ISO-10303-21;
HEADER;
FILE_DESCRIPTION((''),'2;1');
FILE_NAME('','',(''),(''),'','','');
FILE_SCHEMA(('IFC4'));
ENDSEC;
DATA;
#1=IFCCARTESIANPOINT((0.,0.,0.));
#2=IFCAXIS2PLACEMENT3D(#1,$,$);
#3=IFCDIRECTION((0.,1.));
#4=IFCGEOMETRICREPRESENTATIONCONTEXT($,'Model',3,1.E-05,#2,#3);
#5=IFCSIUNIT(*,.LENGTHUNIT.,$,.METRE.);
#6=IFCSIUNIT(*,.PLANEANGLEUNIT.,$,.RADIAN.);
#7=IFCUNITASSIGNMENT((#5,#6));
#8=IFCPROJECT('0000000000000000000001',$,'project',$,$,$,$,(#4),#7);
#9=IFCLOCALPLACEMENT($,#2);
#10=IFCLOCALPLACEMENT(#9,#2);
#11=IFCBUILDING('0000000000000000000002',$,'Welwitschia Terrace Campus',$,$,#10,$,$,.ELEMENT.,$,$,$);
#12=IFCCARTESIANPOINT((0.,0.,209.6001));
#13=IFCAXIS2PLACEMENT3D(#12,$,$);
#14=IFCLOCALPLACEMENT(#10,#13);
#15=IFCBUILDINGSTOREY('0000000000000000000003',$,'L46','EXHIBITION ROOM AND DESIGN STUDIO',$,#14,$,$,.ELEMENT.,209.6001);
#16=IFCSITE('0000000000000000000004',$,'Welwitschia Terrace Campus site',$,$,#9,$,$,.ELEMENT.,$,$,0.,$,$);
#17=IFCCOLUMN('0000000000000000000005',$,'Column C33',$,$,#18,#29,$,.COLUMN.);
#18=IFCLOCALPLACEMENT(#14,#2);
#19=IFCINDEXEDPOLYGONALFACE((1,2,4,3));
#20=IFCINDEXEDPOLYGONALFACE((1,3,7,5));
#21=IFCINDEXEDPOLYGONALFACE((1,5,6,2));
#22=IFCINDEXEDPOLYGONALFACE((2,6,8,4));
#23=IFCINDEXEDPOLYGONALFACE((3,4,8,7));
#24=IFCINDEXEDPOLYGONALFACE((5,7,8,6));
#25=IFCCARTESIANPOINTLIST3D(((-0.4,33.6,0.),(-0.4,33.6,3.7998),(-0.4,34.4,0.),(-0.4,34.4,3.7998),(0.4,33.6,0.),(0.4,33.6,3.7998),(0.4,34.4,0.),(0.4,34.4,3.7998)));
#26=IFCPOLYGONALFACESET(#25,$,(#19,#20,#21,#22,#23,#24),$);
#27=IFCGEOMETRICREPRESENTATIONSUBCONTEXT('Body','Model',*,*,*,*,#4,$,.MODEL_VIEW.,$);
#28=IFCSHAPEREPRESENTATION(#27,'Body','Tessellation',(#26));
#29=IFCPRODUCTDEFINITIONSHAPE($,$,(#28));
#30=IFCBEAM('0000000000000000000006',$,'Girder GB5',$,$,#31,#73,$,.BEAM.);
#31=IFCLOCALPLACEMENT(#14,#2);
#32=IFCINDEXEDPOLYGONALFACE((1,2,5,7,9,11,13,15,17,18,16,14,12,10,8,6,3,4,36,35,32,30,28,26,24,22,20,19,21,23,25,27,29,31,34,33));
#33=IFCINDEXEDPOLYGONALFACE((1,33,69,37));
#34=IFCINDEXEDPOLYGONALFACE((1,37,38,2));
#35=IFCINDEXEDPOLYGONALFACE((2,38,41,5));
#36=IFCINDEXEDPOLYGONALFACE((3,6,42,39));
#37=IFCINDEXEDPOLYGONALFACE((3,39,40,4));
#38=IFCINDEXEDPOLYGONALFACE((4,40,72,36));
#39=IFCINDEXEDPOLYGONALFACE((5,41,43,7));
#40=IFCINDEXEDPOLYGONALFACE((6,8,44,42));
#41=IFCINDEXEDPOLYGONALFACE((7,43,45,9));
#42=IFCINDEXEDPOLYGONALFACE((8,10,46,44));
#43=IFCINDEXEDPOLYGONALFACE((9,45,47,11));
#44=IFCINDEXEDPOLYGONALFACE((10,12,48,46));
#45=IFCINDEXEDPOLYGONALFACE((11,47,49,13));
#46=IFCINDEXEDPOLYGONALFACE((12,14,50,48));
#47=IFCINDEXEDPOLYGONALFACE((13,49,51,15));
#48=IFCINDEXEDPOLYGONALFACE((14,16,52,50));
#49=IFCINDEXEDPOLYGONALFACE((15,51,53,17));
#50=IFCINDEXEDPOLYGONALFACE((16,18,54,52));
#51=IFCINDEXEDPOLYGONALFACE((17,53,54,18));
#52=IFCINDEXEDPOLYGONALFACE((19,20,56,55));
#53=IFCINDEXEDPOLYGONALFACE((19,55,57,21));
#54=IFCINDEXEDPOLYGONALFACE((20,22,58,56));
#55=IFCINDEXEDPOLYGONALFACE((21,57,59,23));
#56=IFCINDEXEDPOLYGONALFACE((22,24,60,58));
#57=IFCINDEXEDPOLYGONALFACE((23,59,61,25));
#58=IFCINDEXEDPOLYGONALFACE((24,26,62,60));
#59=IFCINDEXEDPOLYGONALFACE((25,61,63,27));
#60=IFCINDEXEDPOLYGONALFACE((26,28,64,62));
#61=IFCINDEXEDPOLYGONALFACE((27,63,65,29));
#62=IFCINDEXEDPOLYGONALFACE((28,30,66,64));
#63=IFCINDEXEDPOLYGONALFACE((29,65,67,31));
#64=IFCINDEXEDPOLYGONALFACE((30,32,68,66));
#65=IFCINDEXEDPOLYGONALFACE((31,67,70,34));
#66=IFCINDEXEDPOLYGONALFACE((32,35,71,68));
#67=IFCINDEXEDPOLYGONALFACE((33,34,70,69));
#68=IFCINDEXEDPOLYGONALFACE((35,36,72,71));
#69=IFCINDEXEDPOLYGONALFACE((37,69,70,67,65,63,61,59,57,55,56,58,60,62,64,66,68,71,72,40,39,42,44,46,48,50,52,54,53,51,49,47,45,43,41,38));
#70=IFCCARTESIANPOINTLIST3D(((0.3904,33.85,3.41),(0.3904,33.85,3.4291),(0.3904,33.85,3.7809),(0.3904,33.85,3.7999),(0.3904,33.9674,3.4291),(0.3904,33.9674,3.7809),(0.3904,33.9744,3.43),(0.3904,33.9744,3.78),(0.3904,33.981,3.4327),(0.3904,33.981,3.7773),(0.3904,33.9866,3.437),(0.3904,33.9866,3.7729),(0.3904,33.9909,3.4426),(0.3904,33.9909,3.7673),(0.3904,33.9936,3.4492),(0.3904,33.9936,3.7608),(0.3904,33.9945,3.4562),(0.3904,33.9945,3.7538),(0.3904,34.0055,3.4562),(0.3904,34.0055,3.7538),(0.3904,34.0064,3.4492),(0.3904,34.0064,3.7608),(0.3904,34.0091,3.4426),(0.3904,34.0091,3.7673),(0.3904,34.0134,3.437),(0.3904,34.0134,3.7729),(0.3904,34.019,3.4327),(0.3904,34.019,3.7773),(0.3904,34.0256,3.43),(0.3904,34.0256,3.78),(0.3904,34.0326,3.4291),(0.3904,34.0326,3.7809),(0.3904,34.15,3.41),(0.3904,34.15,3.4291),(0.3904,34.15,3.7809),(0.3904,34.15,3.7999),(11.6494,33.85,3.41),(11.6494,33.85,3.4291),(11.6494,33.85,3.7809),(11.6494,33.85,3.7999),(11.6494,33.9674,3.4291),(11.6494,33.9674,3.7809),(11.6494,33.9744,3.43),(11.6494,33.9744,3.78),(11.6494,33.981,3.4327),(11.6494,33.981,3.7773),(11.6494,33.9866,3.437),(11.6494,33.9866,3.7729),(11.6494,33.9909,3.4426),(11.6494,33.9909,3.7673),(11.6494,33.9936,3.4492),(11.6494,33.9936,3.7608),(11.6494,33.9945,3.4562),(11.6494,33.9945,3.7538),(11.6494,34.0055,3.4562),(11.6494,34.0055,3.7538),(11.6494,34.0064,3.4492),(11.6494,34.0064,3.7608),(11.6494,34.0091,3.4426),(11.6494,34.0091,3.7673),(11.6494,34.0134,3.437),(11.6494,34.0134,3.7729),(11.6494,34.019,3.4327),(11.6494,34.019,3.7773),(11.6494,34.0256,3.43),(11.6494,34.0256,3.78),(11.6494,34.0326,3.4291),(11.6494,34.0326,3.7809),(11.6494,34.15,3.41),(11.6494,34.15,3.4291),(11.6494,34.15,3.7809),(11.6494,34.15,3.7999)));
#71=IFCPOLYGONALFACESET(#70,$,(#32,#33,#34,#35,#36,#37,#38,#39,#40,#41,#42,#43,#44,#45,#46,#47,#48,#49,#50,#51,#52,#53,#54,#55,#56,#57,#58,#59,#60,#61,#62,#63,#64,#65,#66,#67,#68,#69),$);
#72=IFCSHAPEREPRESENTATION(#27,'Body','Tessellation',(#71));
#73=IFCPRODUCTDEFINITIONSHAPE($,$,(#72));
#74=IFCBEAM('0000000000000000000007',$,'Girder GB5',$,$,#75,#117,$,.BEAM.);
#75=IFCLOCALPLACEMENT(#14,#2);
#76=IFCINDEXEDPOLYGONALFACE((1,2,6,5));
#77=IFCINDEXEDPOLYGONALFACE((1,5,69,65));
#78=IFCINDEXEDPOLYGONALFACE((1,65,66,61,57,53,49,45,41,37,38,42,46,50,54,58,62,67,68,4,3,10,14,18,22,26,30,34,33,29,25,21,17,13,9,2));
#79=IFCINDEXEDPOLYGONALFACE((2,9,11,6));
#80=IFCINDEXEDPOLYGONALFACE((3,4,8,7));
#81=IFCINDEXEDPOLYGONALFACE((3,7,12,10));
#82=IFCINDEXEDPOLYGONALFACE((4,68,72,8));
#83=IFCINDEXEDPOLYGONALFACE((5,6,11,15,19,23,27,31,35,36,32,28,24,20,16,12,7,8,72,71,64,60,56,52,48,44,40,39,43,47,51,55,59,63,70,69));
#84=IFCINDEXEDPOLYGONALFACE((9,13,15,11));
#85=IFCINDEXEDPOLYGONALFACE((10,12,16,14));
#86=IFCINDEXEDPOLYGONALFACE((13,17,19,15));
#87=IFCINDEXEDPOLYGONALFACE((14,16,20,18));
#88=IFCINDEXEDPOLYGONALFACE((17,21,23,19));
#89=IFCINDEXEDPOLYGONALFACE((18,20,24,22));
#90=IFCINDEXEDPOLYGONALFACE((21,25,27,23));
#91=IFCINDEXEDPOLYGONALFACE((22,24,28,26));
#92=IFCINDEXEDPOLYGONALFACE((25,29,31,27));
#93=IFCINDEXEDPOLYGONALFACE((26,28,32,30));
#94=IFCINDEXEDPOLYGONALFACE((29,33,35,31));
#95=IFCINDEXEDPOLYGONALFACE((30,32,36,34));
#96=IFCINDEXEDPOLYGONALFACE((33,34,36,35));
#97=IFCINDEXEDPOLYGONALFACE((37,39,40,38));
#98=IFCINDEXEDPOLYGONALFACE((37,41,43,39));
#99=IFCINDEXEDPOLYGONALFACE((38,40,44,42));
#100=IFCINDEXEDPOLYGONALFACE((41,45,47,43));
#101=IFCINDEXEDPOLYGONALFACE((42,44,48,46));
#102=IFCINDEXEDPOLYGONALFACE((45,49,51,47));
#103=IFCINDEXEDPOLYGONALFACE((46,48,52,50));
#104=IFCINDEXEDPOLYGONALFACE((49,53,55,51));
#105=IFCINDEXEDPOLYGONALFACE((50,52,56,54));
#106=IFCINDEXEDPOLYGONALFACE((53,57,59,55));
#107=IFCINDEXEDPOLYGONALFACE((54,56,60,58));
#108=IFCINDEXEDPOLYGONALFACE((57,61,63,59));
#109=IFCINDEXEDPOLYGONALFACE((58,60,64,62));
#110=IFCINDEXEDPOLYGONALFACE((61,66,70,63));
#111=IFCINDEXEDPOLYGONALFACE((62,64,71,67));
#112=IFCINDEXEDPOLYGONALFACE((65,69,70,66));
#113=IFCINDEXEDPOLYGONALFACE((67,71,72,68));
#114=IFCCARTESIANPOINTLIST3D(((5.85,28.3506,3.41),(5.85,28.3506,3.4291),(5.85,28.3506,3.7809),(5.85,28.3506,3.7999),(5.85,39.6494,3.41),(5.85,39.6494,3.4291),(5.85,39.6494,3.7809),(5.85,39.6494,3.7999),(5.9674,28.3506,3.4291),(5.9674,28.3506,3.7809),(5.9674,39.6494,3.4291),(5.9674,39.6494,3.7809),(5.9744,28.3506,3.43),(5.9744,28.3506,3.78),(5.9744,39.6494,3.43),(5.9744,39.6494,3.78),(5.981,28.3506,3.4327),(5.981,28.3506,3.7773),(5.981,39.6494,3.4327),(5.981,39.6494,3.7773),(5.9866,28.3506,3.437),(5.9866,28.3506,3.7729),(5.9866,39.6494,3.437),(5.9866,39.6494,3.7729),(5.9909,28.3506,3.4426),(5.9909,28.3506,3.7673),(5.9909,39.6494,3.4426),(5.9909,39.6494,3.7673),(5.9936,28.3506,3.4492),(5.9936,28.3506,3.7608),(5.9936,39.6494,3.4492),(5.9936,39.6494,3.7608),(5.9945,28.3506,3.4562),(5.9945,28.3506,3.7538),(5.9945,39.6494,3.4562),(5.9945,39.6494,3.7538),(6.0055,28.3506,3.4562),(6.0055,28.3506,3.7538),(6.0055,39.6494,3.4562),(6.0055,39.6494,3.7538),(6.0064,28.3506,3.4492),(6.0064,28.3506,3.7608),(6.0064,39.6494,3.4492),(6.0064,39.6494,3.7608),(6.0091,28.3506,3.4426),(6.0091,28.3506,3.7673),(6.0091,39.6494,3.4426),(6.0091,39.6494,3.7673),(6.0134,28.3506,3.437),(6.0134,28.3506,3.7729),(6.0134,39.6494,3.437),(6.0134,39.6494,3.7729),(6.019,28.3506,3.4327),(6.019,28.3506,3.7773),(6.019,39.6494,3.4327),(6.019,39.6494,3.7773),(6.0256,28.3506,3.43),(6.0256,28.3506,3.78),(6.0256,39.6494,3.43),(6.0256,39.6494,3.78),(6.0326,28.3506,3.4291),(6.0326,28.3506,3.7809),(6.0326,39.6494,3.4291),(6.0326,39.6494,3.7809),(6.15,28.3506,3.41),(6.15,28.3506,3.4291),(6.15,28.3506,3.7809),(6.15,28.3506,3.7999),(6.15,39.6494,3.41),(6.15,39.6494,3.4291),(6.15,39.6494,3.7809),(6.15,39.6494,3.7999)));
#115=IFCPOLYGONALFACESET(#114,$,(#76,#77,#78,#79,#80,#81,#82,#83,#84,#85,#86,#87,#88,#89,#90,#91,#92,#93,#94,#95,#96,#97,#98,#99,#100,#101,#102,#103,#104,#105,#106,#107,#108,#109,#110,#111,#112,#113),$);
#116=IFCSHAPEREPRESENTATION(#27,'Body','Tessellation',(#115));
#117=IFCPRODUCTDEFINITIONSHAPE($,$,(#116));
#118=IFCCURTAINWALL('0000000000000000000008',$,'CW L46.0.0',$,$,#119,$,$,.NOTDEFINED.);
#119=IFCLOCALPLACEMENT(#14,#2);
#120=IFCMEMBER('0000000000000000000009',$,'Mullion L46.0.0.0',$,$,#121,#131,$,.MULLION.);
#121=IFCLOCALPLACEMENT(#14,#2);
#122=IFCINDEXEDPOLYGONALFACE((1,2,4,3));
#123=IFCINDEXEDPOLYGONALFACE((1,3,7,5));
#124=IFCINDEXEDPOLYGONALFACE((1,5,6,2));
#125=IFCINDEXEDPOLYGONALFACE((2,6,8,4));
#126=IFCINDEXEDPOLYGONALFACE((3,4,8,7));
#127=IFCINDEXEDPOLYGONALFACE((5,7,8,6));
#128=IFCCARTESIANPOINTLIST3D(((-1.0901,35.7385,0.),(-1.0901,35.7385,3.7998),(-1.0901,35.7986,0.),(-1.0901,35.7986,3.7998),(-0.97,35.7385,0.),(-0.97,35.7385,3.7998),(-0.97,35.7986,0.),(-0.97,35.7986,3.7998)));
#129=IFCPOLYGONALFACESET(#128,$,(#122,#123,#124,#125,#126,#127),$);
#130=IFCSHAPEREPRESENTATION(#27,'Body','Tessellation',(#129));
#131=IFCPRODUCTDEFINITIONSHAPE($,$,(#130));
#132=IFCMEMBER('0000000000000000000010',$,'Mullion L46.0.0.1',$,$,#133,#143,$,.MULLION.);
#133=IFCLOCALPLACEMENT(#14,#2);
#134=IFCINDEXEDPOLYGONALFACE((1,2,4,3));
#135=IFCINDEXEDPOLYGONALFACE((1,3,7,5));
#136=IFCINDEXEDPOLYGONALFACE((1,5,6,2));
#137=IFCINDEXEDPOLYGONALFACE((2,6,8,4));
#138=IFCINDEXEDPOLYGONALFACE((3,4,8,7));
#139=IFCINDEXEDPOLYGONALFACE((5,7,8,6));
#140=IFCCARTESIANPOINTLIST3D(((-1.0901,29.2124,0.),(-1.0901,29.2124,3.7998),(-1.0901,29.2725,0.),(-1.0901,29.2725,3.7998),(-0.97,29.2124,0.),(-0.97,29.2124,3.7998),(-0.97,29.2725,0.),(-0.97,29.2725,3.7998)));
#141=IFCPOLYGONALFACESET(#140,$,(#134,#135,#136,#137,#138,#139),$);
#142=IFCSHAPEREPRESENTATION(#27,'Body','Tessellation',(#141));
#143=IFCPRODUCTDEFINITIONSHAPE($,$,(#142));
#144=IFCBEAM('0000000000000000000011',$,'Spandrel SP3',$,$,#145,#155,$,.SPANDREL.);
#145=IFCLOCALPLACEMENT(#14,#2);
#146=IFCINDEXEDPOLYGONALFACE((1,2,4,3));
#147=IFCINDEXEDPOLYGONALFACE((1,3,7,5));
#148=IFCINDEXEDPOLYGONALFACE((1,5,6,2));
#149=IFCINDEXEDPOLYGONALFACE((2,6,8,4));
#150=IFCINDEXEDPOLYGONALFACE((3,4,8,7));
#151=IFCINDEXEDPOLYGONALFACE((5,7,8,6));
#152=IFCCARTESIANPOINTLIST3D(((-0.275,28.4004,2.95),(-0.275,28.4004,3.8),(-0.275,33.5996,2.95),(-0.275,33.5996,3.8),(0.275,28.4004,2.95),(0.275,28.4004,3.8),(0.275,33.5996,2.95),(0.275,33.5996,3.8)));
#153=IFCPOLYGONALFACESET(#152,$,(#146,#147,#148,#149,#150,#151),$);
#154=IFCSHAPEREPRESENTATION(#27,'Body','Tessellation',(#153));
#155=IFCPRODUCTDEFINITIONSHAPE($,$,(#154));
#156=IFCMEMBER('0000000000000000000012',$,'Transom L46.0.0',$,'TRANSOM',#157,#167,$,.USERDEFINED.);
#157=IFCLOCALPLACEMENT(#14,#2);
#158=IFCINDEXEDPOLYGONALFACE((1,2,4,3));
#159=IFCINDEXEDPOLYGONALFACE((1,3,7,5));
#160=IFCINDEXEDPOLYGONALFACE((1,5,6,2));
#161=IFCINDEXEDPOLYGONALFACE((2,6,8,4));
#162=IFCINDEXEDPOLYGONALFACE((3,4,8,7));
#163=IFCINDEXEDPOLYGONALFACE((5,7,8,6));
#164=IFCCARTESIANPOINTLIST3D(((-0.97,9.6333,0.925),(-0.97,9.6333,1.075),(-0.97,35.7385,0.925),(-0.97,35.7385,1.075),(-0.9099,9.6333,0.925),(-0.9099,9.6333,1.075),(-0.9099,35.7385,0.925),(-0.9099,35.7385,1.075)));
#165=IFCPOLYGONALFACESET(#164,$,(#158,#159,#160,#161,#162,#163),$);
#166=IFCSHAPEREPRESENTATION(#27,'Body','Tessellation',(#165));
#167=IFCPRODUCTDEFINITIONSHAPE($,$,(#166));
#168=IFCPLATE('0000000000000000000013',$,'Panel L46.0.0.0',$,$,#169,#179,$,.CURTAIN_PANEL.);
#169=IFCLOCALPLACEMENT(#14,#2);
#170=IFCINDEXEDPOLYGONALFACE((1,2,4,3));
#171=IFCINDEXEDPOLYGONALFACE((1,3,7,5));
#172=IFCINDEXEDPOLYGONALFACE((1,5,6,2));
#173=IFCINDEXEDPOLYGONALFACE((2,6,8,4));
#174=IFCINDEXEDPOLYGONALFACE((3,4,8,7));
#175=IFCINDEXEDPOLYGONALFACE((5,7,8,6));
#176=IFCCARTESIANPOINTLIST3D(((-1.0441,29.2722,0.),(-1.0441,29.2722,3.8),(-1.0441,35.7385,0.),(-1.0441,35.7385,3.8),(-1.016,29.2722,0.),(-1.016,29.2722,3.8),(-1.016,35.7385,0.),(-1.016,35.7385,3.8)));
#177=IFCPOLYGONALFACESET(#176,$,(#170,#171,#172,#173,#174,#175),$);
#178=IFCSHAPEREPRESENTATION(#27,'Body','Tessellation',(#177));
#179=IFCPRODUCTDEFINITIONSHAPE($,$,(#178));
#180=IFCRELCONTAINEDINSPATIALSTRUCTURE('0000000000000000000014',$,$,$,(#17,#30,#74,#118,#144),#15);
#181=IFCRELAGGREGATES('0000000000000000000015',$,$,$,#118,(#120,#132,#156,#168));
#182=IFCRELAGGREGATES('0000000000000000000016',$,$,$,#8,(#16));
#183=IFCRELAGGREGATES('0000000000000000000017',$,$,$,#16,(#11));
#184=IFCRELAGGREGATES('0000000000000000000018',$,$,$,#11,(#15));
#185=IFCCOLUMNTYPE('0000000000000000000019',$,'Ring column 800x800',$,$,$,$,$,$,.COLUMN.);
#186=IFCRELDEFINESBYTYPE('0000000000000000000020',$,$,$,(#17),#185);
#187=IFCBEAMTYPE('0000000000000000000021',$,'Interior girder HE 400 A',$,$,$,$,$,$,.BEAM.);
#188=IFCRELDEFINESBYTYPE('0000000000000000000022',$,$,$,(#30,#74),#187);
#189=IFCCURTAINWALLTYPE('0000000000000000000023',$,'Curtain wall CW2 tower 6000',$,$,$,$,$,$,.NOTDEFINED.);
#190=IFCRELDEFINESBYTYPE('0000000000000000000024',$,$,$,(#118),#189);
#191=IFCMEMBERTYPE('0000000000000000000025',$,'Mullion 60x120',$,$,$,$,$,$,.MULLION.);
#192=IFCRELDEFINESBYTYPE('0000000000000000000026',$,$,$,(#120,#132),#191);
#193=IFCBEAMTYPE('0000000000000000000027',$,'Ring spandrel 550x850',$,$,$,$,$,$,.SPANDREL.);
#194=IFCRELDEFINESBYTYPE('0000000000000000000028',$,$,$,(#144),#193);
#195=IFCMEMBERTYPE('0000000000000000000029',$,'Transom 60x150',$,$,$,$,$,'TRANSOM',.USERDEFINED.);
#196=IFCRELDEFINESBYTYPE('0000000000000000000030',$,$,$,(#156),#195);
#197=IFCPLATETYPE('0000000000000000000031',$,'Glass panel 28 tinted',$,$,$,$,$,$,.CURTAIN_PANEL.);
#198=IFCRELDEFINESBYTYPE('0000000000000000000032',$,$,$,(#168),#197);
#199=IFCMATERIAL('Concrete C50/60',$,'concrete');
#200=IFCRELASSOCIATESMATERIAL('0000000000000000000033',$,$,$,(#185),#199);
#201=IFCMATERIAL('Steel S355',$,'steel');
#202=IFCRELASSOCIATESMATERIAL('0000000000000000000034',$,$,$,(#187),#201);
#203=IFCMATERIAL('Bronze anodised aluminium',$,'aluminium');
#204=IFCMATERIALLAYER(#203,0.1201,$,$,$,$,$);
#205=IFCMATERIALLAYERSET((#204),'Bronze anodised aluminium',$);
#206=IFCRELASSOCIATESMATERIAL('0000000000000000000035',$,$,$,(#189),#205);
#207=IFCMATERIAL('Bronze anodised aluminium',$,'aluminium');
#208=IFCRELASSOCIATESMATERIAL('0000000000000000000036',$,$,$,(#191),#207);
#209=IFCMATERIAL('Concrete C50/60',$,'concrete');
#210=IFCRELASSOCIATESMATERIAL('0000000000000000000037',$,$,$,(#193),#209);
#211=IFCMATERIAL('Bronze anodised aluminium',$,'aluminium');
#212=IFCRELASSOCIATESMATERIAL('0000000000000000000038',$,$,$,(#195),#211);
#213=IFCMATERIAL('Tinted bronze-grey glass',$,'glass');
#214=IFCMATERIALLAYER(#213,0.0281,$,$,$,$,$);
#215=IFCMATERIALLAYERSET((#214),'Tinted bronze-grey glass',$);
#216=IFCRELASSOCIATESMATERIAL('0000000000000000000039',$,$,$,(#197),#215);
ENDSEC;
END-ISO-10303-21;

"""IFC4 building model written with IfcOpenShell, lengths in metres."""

from ifc_helpers import new_model, si_unit, direction, frame, origin, origin_2d, place, context, subcontext, project, spatial, rectangle, i_section, extrude, material, layer, layer_set, material_profile, profile_set, type_object, element, aggregate, save


model = new_model("IFC4")

# Units and contexts
model_context = context("Model", 3, precision=1e-05, world=origin(), true_north=direction((0.0, 1.0)))
body_context = subcontext(model_context, "Body", "Model", "MODEL_VIEW")
ifc_project = project(units=[si_unit("LENGTHUNIT", "METRE"), si_unit("PLANEANGLEUNIT", "RADIAN")], contexts=[model_context])

# Site, building, storey
site_placement = place(None, origin())
site = spatial("IfcSite", under=ifc_project, at=site_placement, Name="Welwitschia Terrace Campus site", CompositionType="ELEMENT", RefElevation=0.0)
building_placement = place(site_placement, origin())
building = spatial("IfcBuilding", under=site, at=building_placement, Name="Welwitschia Terrace Campus", CompositionType="ELEMENT")
storey_placement = place(building_placement, frame((0.0, 0.0, 209.6001)))
storey = spatial("IfcBuildingStorey", under=building, at=storey_placement, Name="L46", Description="EXHIBITION ROOM AND DESIGN STUDIO", CompositionType="ELEMENT", Elevation=209.6001)

# Column
ifc_material_1 = material(Name="Concrete C50/60", Category="concrete")
ifc_material_profile_1 = material_profile(ifc_material_1, rectangle(XDim=0.8, YDim=0.8, at=origin_2d()))
ifc_profile_set_1 = profile_set([ifc_material_profile_1], Name="Concrete C50/60")
column_type = type_object("IfcColumnType", Name="Ring column 800x800", PredefinedType="COLUMN", material=ifc_profile_set_1)
column_placement = place(storey_placement, frame((0.0, 34.0, 0.0), z_axis=(0.0, 0.0, 1.0), x_axis=(1.0, 0.0, 0.0)))
element("IfcColumn", 1, at=column_placement, inside=storey, type_object=column_type, Name="Column C33", PredefinedType="COLUMN", context=body_context, shape_type="SweptSolid", body=[
    extrude(rectangle(XDim=0.8, YDim=0.8, at=origin_2d()), origin(), (0.0, 0.0, 1.0), 3.7998),
])

# Beams
ifc_material_2 = material(Name="Steel S355", Category="steel")
ifc_material_profile_2 = material_profile(ifc_material_2, i_section(OverallWidth=0.3, OverallDepth=0.3899, WebThickness=0.011, FlangeThickness=0.019, FilletRadius=0.0271, at=origin_2d()))
ifc_profile_set_2 = profile_set([ifc_material_profile_2], Name="Steel S355")
beam_type_1 = type_object("IfcBeamType", Name="Interior girder HE 400 A", PredefinedType="BEAM", material=ifc_profile_set_2)
beam_1_placement = place(storey_placement, frame((0.3904, 34.0, 3.605), z_axis=(1.0, 0.0, 0.0), x_axis=(0.0, 1.0, 0.0)))
element("IfcBeam", 2, at=beam_1_placement, inside=storey, type_object=beam_type_1, Name="Girder GB5", PredefinedType="BEAM", context=body_context, shape_type="SweptSolid", body=[
    extrude(i_section(OverallWidth=0.3, OverallDepth=0.3899, WebThickness=0.011, FlangeThickness=0.019, FilletRadius=0.0271, at=origin_2d()), origin(), (0.0, 0.0, 1.0), 11.259),
])
beam_2_placement = place(storey_placement, frame((6.0, 28.3506, 3.605), z_axis=(0.0, 1.0, 0.0), x_axis=(-1.0, 0.0, 0.0)))
element("IfcBeam", 3, at=beam_2_placement, inside=storey, type_object=beam_type_1, Name="Girder GB5", PredefinedType="BEAM", context=body_context, shape_type="SweptSolid", body=[
    extrude(i_section(OverallWidth=0.3, OverallDepth=0.3899, WebThickness=0.011, FlangeThickness=0.019, FilletRadius=0.0271, at=origin_2d()), origin(), (0.0, 0.0, 1.0), 11.2988),
])

# Curtain wall, members
ifc_material_3 = material(Name="Bronze anodised aluminium", Category="aluminium")
ifc_layer_1 = layer(ifc_material_3, 0.1201)
ifc_layer_set_1 = layer_set([ifc_layer_1], Name="Bronze anodised aluminium")
curtain_wall_type = type_object("IfcCurtainWallType", Name="Curtain wall CW2 tower 6000", PredefinedType="NOTDEFINED", material=ifc_layer_set_1)
curtain_wall_placement = place(storey_placement, origin())
curtain_wall = element("IfcCurtainWall", 4, at=curtain_wall_placement, inside=storey, type_object=curtain_wall_type, Name="CW L46.0.0", PredefinedType="NOTDEFINED")
ifc_material_4 = material(Name="Bronze anodised aluminium", Category="aluminium")
ifc_material_profile_3 = material_profile(ifc_material_4, rectangle(XDim=0.1201, YDim=0.0601, at=origin_2d()))
ifc_profile_set_3 = profile_set([ifc_material_profile_3], Name="Bronze anodised aluminium")
member_type_1 = type_object("IfcMemberType", Name="Mullion 60x120", PredefinedType="MULLION", material=ifc_profile_set_3)
member_1_placement = place(storey_placement, frame((-1.03, 35.7686, 0.0), z_axis=(0.0, 0.0, 1.0), x_axis=(1.0, 0.0, 0.0)))
member_1 = element("IfcMember", 5, at=member_1_placement, type_object=member_type_1, Name="Mullion L46.0.0.0", PredefinedType="MULLION", context=body_context, shape_type="SweptSolid", body=[
    extrude(rectangle(XDim=0.1201, YDim=0.0601, at=origin_2d()), origin(), (0.0, 0.0, 1.0), 3.7998),
])
member_2_placement = place(storey_placement, frame((-1.03, 29.2424, 0.0), z_axis=(0.0, 0.0, 1.0), x_axis=(1.0, 0.0, 0.0)))
member_2 = element("IfcMember", 6, at=member_2_placement, type_object=member_type_1, Name="Mullion L46.0.0.1", PredefinedType="MULLION", context=body_context, shape_type="SweptSolid", body=[
    extrude(rectangle(XDim=0.1201, YDim=0.0601, at=origin_2d()), origin(), (0.0, 0.0, 1.0), 3.7998),
])

# Beam
ifc_material_5 = material(Name="Concrete C50/60", Category="concrete")
ifc_material_profile_4 = material_profile(ifc_material_5, rectangle(XDim=0.55, YDim=0.8501, at=origin_2d()))
ifc_profile_set_4 = profile_set([ifc_material_profile_4], Name="Concrete C50/60")
beam_type_2 = type_object("IfcBeamType", Name="Ring spandrel 550x850", PredefinedType="SPANDREL", material=ifc_profile_set_4)
beam_3_placement = place(storey_placement, frame((0.0, 33.5996, 3.375), z_axis=(0.0, -1.0, 0.0), x_axis=(1.0, 0.0, 0.0)))
element("IfcBeam", 7, at=beam_3_placement, inside=storey, type_object=beam_type_2, Name="Spandrel SP3", PredefinedType="SPANDREL", context=body_context, shape_type="SweptSolid", body=[
    extrude(rectangle(XDim=0.55, YDim=0.8501, at=origin_2d()), origin(), (0.0, 0.0, 1.0), 5.1992),
])

# Member
ifc_material_6 = material(Name="Bronze anodised aluminium", Category="aluminium")
ifc_material_profile_5 = material_profile(ifc_material_6, rectangle(XDim=0.0601, YDim=0.1499, at=origin_2d()))
ifc_profile_set_5 = profile_set([ifc_material_profile_5], Name="Bronze anodised aluminium")
member_type_2 = type_object("IfcMemberType", Name="Transom 60x150", ElementType="TRANSOM", PredefinedType="USERDEFINED", material=ifc_profile_set_5)
member_3_placement = place(storey_placement, frame((-0.9399, 35.7385, 1.0), z_axis=(0.0, -1.0, 0.0), x_axis=(1.0, 0.0, 0.0)))
member_3 = element("IfcMember", 8, at=member_3_placement, type_object=member_type_2, Name="Transom L46.0.0", ObjectType="TRANSOM", PredefinedType="USERDEFINED", context=body_context, shape_type="SweptSolid", body=[
    extrude(rectangle(XDim=0.0601, YDim=0.1499, at=origin_2d()), origin(), (0.0, 0.0, 1.0), 26.1052),
])

# Plate
ifc_material_7 = material(Name="Tinted bronze-grey glass", Category="glass")
ifc_layer_2 = layer(ifc_material_7, 0.0281)
ifc_layer_set_2 = layer_set([ifc_layer_2], Name="Tinted bronze-grey glass")
plate_type = type_object("IfcPlateType", Name="Glass panel 28 tinted", PredefinedType="CURTAIN_PANEL", material=ifc_layer_set_2)
plate_placement = place(storey_placement, frame((-1.03, 32.5054, 0.0), z_axis=(0.0, 0.0, 1.0), x_axis=(0.0, -1.0, 0.0)))
plate = element("IfcPlate", 9, at=plate_placement, type_object=plate_type, Name="Panel L46.0.0.0", PredefinedType="CURTAIN_PANEL", context=body_context, shape_type="SweptSolid", body=[
    extrude(rectangle(XDim=6.4663, YDim=0.0281, at=origin_2d()), origin(), (0.0, 0.0, 1.0), 3.8),
])
aggregate(curtain_wall, [member_1, member_2, member_3, plate])

save(model, "model.ifc")
